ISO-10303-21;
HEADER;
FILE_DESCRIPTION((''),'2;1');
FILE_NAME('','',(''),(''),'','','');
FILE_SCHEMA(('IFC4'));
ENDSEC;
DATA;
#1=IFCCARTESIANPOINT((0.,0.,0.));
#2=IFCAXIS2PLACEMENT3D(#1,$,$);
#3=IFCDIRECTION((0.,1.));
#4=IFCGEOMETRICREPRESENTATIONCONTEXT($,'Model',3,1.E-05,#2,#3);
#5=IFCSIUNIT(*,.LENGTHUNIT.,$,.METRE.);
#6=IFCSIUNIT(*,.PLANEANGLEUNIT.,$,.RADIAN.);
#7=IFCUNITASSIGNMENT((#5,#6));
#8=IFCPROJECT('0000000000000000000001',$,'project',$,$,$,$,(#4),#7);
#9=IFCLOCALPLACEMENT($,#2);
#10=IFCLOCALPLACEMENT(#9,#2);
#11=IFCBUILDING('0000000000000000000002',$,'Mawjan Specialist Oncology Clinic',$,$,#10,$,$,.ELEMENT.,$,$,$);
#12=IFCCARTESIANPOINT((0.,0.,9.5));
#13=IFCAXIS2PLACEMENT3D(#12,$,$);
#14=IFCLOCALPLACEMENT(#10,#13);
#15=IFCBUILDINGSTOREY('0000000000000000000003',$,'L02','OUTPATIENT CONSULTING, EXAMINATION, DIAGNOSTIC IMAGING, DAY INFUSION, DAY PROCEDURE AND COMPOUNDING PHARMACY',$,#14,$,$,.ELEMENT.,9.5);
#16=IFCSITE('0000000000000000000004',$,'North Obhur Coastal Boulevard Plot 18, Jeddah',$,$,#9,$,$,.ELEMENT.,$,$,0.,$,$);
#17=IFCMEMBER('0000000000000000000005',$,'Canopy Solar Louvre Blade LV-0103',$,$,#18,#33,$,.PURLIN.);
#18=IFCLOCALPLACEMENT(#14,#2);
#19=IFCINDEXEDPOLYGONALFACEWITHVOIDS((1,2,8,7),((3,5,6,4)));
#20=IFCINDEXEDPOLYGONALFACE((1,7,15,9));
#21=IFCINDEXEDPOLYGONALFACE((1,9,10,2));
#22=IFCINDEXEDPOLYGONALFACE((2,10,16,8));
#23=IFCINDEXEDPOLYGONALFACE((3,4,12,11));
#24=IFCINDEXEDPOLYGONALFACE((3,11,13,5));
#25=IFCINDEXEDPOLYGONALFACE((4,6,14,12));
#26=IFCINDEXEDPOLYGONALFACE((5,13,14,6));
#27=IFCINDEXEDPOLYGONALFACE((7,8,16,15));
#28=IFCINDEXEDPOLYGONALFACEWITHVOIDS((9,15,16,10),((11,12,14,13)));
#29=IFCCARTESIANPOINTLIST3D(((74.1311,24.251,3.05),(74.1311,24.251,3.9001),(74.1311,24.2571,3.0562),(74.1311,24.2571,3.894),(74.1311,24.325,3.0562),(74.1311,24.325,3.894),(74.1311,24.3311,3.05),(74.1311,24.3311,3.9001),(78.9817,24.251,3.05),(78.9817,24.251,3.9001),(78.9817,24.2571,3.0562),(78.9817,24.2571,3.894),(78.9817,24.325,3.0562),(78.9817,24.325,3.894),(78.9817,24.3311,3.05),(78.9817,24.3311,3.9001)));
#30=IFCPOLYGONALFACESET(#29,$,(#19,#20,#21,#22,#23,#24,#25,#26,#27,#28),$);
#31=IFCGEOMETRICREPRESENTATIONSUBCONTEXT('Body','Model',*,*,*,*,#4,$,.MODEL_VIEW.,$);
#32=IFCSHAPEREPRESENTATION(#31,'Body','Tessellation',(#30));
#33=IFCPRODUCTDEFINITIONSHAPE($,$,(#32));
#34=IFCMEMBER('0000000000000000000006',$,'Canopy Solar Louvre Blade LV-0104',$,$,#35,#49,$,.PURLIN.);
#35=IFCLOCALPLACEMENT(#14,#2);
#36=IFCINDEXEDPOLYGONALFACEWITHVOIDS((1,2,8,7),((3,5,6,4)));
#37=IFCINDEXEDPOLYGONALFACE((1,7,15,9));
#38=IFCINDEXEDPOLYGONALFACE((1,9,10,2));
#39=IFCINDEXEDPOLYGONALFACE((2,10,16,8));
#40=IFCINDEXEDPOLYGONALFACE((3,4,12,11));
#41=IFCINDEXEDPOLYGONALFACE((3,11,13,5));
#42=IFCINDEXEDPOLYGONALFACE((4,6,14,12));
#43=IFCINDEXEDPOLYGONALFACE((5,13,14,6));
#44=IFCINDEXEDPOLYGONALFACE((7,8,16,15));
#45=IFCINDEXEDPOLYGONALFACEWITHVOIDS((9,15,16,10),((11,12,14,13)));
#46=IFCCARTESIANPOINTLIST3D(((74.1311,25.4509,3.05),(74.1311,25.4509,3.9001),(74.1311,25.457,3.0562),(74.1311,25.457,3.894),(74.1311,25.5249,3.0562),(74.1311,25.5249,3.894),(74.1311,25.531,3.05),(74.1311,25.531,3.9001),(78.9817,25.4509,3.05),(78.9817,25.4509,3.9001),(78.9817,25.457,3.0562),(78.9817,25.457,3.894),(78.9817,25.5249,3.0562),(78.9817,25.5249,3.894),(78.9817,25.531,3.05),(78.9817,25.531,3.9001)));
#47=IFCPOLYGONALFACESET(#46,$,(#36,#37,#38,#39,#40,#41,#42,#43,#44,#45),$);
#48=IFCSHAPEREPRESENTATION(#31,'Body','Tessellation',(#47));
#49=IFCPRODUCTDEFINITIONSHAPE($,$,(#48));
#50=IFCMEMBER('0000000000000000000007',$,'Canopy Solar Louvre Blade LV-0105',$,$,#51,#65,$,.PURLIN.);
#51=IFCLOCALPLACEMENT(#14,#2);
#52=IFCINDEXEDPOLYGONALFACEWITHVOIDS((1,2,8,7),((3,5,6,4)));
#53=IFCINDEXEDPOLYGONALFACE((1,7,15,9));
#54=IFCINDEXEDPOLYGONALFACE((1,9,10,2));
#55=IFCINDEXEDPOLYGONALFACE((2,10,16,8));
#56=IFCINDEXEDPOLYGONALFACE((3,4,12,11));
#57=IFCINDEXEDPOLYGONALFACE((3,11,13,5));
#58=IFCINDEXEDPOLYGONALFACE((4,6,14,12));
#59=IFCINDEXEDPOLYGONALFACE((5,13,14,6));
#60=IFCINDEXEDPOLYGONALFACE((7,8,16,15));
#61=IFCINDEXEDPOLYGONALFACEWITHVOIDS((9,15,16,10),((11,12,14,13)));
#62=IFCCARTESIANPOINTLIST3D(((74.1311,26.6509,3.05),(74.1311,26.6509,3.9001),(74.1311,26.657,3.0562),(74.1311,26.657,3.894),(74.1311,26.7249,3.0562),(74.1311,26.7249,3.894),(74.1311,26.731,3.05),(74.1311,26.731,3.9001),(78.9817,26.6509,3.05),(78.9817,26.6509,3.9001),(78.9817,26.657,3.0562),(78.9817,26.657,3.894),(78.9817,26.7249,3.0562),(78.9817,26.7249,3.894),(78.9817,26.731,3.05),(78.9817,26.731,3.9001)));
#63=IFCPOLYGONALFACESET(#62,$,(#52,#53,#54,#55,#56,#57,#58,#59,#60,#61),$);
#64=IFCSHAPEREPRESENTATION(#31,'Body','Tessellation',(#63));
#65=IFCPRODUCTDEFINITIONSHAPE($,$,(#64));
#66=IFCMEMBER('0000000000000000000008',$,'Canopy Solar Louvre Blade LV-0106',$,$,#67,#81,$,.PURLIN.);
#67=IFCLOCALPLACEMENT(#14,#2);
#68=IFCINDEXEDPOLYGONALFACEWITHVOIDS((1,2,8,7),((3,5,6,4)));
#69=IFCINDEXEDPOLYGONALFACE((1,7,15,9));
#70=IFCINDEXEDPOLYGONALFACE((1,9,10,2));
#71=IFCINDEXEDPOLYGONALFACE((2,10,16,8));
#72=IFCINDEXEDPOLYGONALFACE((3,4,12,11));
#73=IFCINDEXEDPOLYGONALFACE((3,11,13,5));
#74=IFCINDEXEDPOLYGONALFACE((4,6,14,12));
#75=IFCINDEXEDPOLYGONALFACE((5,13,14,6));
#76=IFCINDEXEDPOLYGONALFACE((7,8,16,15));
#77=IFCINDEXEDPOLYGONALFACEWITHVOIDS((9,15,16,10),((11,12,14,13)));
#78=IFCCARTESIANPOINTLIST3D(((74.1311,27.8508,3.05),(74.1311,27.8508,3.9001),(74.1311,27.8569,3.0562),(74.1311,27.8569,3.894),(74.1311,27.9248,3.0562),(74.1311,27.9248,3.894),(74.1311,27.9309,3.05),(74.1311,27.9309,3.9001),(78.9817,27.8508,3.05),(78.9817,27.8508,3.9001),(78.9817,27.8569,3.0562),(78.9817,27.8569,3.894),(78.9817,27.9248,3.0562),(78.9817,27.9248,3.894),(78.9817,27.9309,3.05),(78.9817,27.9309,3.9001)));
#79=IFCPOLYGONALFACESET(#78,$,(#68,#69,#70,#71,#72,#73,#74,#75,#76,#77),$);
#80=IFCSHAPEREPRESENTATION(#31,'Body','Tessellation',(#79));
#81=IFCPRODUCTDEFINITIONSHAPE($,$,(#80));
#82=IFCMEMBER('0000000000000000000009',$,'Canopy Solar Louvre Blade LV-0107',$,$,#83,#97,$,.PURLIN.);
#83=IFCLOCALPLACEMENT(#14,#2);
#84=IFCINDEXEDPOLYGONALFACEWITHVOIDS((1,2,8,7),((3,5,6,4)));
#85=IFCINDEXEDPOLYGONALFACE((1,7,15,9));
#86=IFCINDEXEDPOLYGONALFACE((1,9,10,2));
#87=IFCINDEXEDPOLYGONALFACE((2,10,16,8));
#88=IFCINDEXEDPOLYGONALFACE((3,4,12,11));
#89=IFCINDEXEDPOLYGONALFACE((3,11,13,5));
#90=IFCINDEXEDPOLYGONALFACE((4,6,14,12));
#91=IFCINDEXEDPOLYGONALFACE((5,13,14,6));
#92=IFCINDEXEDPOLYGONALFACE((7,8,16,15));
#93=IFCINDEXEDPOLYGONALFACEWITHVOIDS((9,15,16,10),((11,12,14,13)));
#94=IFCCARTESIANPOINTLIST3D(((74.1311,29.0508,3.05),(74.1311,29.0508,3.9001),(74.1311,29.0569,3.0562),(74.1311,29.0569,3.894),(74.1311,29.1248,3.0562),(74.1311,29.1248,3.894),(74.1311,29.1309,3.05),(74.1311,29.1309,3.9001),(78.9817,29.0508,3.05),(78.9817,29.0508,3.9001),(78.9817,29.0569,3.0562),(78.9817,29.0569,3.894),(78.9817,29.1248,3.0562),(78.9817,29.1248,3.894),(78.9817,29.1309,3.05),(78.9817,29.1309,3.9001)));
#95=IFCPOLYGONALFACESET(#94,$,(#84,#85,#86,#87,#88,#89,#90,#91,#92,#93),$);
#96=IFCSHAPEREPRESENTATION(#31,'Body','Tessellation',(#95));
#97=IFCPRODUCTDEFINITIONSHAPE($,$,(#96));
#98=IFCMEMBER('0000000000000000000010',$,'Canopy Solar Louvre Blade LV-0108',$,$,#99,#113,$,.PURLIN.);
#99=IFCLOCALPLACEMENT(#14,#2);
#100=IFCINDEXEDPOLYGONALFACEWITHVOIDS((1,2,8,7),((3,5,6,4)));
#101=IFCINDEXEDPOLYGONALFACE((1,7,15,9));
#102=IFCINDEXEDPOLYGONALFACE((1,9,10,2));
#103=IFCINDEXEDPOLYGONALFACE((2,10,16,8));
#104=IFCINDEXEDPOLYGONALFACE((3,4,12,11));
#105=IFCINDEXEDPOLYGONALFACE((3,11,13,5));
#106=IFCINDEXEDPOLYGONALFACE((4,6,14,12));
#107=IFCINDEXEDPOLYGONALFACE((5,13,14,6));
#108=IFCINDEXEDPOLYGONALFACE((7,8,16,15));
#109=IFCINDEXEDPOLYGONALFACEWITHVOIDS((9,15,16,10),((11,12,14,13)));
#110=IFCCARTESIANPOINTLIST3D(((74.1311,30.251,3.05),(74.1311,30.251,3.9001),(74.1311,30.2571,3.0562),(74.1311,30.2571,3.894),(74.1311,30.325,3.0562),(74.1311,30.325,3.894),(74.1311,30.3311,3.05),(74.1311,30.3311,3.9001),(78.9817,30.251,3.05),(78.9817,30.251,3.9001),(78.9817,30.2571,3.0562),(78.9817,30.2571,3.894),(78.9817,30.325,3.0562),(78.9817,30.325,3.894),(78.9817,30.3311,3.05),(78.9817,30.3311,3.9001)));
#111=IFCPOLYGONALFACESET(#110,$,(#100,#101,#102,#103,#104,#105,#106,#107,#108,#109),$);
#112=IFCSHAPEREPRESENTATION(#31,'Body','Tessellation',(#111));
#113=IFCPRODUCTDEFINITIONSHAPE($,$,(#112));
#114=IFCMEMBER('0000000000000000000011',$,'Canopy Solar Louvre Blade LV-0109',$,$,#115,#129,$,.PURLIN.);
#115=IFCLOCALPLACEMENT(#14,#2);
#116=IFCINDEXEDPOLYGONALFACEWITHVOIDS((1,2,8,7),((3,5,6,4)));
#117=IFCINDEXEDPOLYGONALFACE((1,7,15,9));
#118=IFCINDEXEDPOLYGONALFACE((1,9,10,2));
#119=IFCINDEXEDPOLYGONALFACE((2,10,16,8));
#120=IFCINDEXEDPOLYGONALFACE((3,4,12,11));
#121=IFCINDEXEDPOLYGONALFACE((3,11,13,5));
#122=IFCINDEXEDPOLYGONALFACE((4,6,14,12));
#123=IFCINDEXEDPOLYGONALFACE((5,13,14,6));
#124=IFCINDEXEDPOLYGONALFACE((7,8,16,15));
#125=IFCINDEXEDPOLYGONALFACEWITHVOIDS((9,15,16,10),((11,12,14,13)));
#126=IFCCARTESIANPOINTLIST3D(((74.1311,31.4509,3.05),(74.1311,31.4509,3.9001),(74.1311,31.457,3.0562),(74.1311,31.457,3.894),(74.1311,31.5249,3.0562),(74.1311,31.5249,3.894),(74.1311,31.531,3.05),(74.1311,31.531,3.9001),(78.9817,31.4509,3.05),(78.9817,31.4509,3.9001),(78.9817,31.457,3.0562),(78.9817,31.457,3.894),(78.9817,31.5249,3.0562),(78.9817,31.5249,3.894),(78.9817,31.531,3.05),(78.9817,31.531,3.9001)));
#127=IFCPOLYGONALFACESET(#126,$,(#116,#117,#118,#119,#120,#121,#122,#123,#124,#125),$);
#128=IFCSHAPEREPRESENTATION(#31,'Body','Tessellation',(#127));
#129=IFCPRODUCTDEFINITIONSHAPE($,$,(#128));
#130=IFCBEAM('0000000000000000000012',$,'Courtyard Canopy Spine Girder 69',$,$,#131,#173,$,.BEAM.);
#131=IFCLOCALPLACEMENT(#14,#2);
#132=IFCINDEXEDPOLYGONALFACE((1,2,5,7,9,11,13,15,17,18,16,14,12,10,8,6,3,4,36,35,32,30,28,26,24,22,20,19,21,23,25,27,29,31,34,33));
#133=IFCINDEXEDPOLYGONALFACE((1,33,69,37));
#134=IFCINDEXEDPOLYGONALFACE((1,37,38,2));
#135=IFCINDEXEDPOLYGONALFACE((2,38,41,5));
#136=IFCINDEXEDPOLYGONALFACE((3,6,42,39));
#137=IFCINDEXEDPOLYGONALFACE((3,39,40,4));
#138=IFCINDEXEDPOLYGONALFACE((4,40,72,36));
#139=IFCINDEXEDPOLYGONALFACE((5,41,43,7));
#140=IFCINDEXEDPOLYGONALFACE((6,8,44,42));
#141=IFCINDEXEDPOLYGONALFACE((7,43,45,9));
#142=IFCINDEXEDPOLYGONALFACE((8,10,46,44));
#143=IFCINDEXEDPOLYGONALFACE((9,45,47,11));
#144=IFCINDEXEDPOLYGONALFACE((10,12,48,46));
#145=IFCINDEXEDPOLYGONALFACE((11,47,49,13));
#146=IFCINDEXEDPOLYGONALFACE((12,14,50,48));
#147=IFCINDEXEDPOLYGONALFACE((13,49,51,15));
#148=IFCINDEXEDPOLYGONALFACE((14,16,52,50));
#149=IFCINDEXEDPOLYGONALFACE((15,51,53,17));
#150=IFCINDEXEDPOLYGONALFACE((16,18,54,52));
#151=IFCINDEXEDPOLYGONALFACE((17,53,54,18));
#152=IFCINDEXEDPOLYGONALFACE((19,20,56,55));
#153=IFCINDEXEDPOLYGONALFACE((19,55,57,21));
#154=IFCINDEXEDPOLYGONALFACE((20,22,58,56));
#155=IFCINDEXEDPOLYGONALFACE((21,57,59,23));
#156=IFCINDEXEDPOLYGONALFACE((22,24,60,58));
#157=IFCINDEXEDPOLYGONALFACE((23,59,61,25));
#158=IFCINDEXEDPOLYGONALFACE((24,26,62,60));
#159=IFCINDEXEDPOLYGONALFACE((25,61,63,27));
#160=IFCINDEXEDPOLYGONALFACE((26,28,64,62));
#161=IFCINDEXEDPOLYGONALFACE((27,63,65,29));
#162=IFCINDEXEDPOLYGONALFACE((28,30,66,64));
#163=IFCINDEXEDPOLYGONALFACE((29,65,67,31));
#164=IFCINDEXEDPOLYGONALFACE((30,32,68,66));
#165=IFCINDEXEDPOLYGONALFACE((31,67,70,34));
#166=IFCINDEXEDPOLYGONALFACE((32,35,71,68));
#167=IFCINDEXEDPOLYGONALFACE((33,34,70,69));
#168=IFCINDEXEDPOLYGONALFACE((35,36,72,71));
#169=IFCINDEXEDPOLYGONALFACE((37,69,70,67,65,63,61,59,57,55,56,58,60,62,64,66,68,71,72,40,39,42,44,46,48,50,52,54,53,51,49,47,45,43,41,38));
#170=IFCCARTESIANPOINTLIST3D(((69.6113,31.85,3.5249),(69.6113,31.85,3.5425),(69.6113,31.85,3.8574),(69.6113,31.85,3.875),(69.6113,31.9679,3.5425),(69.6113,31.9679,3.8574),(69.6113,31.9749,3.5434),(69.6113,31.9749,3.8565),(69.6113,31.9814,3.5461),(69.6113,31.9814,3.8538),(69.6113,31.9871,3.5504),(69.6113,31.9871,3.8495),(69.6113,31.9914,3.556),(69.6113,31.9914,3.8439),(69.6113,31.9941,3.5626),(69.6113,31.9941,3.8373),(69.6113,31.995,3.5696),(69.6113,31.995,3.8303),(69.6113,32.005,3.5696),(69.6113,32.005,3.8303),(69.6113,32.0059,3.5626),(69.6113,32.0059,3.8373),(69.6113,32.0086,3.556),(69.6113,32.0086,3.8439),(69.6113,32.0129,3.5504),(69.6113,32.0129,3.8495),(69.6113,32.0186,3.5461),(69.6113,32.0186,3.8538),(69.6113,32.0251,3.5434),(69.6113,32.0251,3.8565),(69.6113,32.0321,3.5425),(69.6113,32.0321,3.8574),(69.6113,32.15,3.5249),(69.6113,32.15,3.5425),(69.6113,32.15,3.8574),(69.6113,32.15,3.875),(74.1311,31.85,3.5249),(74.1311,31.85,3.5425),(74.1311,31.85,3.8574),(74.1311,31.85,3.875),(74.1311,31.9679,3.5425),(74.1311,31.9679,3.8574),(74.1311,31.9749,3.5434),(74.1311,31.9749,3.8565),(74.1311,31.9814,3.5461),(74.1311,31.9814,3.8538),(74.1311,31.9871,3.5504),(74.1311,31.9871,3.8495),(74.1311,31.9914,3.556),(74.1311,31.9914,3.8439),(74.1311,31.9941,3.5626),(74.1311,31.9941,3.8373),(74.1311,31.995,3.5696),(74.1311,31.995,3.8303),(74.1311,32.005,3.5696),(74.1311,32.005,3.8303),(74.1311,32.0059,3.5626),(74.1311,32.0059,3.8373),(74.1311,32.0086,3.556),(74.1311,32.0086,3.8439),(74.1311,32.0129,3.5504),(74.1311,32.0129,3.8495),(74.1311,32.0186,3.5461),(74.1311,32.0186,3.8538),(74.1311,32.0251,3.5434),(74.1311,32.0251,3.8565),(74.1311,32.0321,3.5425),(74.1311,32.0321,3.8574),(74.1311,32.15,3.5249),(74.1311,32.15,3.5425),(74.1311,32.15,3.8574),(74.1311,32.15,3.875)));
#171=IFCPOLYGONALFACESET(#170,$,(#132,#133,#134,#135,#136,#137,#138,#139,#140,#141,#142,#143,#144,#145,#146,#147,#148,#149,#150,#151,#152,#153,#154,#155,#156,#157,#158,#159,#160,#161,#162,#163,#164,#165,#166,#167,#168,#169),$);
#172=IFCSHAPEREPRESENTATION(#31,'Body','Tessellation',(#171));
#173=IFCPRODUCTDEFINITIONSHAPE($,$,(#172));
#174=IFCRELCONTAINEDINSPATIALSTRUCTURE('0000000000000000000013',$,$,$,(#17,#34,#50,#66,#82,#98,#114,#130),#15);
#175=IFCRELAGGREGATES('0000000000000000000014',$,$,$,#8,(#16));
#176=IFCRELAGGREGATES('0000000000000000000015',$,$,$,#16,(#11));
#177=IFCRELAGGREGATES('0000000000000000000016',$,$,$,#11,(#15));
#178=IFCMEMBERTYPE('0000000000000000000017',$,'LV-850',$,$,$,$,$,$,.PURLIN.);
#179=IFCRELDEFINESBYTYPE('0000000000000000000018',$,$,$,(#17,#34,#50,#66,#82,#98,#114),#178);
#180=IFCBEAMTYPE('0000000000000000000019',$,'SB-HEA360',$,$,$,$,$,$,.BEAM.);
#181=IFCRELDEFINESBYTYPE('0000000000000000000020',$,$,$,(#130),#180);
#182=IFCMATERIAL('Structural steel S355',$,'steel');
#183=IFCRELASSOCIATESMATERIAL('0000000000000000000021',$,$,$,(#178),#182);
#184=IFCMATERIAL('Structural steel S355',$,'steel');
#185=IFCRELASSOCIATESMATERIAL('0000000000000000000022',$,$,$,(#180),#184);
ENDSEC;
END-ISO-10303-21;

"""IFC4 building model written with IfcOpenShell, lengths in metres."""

from ifc_helpers import new_model, si_unit, direction, frame, origin, origin_2d, place, context, subcontext, project, spatial, hollow_rectangle, i_section, extrude, material, material_profile, profile_set, type_object, element, save


model = new_model("IFC4")

# Units and contexts
model_context = context("Model", 3, precision=1e-05, world=origin(), true_north=direction((0.0, 1.0)))
body_context = subcontext(model_context, "Body", "Model", "MODEL_VIEW")
ifc_project = project(units=[si_unit("LENGTHUNIT", "METRE"), si_unit("PLANEANGLEUNIT", "RADIAN")], contexts=[model_context])

# Site, building, storey
site_placement = place(None, origin())
site = spatial("IfcSite", under=ifc_project, at=site_placement, Name="North Obhur Coastal Boulevard Plot 18, Jeddah", CompositionType="ELEMENT", RefElevation=0.0)
building_placement = place(site_placement, origin())
building = spatial("IfcBuilding", under=site, at=building_placement, Name="Mawjan Specialist Oncology Clinic", CompositionType="ELEMENT")
storey_placement = place(building_placement, frame((0.0, 0.0, 9.5)))
storey = spatial("IfcBuildingStorey", under=building, at=storey_placement, Name="L02", Description="OUTPATIENT CONSULTING, EXAMINATION, DIAGNOSTIC IMAGING, DAY INFUSION, DAY PROCEDURE AND COMPOUNDING PHARMACY", CompositionType="ELEMENT", Elevation=9.5)

# Members
ifc_material_1 = material(Name="Structural steel S355", Category="steel")
ifc_material_profile_1 = material_profile(ifc_material_1, hollow_rectangle(XDim=0.0801, YDim=0.8501, WallThickness=0.0061, at=origin_2d()), Name="LOUVRE 850x80x6", Category="steel")
ifc_profile_set_1 = profile_set([ifc_material_profile_1], Name="Structural steel S355")
member_type = type_object("IfcMemberType", Name="LV-850", PredefinedType="PURLIN", material=ifc_profile_set_1)
for number, where, z_axis, x_axis, name in (
    (1, (74.1311, 24.291, 3.4751), (1.0, 0.0, 0.0), (0.0, 1.0, 0.0), "Canopy Solar Louvre Blade LV-0103"),
    (2, (74.1311, 25.491, 3.4751), (1.0, 0.0, 0.0), (0.0, 1.0, 0.0), "Canopy Solar Louvre Blade LV-0104"),
    (3, (74.1311, 26.6909, 3.4751), (1.0, 0.0, 0.0), (0.0, 1.0, 0.0), "Canopy Solar Louvre Blade LV-0105"),
    (4, (74.1311, 27.8909, 3.4751), (1.0, 0.0, 0.0), (0.0, 1.0, 0.0), "Canopy Solar Louvre Blade LV-0106"),
    (5, (74.1311, 29.0908, 3.4751), (1.0, 0.0, 0.0), (0.0, 1.0, 0.0), "Canopy Solar Louvre Blade LV-0107"),
    (6, (74.1311, 30.291, 3.4751), (1.0, 0.0, 0.0), (0.0, 1.0, 0.0), "Canopy Solar Louvre Blade LV-0108"),
    (7, (74.1311, 31.491, 3.4751), (1.0, 0.0, 0.0), (0.0, 1.0, 0.0), "Canopy Solar Louvre Blade LV-0109"),
):
    element("IfcMember", number, at=place(storey_placement, frame(where, z_axis=z_axis, x_axis=x_axis)), inside=storey, type_object=member_type, Name=name, PredefinedType="PURLIN", context=body_context, shape_type="SweptSolid", body=[
        extrude(hollow_rectangle(XDim=0.0801, YDim=0.8501, WallThickness=0.0061, at=origin_2d()), origin(), (0.0, 0.0, 1.0), 4.8506),
    ])

# Beam
ifc_material_2 = material(Name="Structural steel S355", Category="steel")
ifc_material_profile_2 = material_profile(ifc_material_2, i_section(OverallWidth=0.3, OverallDepth=0.3501, WebThickness=0.01, FlangeThickness=0.0176, FilletRadius=0.0271, at=origin_2d()), Name="HEA 360", Category="steel")
ifc_profile_set_2 = profile_set([ifc_material_profile_2], Name="Structural steel S355")
beam_type_1 = type_object("IfcBeamType", Name="SB-HEA360", PredefinedType="BEAM", material=ifc_profile_set_2)
beam_1_placement = place(storey_placement, frame((69.6113, 32.0, 3.7), z_axis=(1.0, 0.0, 0.0), x_axis=(0.0, 1.0, 0.0)))
element("IfcBeam", 8, at=beam_1_placement, inside=storey, type_object=beam_type_1, Name="Courtyard Canopy Spine Girder 69", PredefinedType="BEAM", context=body_context, shape_type="SweptSolid", body=[
    extrude(i_section(OverallWidth=0.3, OverallDepth=0.3501, WebThickness=0.01, FlangeThickness=0.0176, FilletRadius=0.0271, at=origin_2d()), origin(), (0.0, 0.0, 1.0), 4.5198),
])

save(model, "model.ifc")
